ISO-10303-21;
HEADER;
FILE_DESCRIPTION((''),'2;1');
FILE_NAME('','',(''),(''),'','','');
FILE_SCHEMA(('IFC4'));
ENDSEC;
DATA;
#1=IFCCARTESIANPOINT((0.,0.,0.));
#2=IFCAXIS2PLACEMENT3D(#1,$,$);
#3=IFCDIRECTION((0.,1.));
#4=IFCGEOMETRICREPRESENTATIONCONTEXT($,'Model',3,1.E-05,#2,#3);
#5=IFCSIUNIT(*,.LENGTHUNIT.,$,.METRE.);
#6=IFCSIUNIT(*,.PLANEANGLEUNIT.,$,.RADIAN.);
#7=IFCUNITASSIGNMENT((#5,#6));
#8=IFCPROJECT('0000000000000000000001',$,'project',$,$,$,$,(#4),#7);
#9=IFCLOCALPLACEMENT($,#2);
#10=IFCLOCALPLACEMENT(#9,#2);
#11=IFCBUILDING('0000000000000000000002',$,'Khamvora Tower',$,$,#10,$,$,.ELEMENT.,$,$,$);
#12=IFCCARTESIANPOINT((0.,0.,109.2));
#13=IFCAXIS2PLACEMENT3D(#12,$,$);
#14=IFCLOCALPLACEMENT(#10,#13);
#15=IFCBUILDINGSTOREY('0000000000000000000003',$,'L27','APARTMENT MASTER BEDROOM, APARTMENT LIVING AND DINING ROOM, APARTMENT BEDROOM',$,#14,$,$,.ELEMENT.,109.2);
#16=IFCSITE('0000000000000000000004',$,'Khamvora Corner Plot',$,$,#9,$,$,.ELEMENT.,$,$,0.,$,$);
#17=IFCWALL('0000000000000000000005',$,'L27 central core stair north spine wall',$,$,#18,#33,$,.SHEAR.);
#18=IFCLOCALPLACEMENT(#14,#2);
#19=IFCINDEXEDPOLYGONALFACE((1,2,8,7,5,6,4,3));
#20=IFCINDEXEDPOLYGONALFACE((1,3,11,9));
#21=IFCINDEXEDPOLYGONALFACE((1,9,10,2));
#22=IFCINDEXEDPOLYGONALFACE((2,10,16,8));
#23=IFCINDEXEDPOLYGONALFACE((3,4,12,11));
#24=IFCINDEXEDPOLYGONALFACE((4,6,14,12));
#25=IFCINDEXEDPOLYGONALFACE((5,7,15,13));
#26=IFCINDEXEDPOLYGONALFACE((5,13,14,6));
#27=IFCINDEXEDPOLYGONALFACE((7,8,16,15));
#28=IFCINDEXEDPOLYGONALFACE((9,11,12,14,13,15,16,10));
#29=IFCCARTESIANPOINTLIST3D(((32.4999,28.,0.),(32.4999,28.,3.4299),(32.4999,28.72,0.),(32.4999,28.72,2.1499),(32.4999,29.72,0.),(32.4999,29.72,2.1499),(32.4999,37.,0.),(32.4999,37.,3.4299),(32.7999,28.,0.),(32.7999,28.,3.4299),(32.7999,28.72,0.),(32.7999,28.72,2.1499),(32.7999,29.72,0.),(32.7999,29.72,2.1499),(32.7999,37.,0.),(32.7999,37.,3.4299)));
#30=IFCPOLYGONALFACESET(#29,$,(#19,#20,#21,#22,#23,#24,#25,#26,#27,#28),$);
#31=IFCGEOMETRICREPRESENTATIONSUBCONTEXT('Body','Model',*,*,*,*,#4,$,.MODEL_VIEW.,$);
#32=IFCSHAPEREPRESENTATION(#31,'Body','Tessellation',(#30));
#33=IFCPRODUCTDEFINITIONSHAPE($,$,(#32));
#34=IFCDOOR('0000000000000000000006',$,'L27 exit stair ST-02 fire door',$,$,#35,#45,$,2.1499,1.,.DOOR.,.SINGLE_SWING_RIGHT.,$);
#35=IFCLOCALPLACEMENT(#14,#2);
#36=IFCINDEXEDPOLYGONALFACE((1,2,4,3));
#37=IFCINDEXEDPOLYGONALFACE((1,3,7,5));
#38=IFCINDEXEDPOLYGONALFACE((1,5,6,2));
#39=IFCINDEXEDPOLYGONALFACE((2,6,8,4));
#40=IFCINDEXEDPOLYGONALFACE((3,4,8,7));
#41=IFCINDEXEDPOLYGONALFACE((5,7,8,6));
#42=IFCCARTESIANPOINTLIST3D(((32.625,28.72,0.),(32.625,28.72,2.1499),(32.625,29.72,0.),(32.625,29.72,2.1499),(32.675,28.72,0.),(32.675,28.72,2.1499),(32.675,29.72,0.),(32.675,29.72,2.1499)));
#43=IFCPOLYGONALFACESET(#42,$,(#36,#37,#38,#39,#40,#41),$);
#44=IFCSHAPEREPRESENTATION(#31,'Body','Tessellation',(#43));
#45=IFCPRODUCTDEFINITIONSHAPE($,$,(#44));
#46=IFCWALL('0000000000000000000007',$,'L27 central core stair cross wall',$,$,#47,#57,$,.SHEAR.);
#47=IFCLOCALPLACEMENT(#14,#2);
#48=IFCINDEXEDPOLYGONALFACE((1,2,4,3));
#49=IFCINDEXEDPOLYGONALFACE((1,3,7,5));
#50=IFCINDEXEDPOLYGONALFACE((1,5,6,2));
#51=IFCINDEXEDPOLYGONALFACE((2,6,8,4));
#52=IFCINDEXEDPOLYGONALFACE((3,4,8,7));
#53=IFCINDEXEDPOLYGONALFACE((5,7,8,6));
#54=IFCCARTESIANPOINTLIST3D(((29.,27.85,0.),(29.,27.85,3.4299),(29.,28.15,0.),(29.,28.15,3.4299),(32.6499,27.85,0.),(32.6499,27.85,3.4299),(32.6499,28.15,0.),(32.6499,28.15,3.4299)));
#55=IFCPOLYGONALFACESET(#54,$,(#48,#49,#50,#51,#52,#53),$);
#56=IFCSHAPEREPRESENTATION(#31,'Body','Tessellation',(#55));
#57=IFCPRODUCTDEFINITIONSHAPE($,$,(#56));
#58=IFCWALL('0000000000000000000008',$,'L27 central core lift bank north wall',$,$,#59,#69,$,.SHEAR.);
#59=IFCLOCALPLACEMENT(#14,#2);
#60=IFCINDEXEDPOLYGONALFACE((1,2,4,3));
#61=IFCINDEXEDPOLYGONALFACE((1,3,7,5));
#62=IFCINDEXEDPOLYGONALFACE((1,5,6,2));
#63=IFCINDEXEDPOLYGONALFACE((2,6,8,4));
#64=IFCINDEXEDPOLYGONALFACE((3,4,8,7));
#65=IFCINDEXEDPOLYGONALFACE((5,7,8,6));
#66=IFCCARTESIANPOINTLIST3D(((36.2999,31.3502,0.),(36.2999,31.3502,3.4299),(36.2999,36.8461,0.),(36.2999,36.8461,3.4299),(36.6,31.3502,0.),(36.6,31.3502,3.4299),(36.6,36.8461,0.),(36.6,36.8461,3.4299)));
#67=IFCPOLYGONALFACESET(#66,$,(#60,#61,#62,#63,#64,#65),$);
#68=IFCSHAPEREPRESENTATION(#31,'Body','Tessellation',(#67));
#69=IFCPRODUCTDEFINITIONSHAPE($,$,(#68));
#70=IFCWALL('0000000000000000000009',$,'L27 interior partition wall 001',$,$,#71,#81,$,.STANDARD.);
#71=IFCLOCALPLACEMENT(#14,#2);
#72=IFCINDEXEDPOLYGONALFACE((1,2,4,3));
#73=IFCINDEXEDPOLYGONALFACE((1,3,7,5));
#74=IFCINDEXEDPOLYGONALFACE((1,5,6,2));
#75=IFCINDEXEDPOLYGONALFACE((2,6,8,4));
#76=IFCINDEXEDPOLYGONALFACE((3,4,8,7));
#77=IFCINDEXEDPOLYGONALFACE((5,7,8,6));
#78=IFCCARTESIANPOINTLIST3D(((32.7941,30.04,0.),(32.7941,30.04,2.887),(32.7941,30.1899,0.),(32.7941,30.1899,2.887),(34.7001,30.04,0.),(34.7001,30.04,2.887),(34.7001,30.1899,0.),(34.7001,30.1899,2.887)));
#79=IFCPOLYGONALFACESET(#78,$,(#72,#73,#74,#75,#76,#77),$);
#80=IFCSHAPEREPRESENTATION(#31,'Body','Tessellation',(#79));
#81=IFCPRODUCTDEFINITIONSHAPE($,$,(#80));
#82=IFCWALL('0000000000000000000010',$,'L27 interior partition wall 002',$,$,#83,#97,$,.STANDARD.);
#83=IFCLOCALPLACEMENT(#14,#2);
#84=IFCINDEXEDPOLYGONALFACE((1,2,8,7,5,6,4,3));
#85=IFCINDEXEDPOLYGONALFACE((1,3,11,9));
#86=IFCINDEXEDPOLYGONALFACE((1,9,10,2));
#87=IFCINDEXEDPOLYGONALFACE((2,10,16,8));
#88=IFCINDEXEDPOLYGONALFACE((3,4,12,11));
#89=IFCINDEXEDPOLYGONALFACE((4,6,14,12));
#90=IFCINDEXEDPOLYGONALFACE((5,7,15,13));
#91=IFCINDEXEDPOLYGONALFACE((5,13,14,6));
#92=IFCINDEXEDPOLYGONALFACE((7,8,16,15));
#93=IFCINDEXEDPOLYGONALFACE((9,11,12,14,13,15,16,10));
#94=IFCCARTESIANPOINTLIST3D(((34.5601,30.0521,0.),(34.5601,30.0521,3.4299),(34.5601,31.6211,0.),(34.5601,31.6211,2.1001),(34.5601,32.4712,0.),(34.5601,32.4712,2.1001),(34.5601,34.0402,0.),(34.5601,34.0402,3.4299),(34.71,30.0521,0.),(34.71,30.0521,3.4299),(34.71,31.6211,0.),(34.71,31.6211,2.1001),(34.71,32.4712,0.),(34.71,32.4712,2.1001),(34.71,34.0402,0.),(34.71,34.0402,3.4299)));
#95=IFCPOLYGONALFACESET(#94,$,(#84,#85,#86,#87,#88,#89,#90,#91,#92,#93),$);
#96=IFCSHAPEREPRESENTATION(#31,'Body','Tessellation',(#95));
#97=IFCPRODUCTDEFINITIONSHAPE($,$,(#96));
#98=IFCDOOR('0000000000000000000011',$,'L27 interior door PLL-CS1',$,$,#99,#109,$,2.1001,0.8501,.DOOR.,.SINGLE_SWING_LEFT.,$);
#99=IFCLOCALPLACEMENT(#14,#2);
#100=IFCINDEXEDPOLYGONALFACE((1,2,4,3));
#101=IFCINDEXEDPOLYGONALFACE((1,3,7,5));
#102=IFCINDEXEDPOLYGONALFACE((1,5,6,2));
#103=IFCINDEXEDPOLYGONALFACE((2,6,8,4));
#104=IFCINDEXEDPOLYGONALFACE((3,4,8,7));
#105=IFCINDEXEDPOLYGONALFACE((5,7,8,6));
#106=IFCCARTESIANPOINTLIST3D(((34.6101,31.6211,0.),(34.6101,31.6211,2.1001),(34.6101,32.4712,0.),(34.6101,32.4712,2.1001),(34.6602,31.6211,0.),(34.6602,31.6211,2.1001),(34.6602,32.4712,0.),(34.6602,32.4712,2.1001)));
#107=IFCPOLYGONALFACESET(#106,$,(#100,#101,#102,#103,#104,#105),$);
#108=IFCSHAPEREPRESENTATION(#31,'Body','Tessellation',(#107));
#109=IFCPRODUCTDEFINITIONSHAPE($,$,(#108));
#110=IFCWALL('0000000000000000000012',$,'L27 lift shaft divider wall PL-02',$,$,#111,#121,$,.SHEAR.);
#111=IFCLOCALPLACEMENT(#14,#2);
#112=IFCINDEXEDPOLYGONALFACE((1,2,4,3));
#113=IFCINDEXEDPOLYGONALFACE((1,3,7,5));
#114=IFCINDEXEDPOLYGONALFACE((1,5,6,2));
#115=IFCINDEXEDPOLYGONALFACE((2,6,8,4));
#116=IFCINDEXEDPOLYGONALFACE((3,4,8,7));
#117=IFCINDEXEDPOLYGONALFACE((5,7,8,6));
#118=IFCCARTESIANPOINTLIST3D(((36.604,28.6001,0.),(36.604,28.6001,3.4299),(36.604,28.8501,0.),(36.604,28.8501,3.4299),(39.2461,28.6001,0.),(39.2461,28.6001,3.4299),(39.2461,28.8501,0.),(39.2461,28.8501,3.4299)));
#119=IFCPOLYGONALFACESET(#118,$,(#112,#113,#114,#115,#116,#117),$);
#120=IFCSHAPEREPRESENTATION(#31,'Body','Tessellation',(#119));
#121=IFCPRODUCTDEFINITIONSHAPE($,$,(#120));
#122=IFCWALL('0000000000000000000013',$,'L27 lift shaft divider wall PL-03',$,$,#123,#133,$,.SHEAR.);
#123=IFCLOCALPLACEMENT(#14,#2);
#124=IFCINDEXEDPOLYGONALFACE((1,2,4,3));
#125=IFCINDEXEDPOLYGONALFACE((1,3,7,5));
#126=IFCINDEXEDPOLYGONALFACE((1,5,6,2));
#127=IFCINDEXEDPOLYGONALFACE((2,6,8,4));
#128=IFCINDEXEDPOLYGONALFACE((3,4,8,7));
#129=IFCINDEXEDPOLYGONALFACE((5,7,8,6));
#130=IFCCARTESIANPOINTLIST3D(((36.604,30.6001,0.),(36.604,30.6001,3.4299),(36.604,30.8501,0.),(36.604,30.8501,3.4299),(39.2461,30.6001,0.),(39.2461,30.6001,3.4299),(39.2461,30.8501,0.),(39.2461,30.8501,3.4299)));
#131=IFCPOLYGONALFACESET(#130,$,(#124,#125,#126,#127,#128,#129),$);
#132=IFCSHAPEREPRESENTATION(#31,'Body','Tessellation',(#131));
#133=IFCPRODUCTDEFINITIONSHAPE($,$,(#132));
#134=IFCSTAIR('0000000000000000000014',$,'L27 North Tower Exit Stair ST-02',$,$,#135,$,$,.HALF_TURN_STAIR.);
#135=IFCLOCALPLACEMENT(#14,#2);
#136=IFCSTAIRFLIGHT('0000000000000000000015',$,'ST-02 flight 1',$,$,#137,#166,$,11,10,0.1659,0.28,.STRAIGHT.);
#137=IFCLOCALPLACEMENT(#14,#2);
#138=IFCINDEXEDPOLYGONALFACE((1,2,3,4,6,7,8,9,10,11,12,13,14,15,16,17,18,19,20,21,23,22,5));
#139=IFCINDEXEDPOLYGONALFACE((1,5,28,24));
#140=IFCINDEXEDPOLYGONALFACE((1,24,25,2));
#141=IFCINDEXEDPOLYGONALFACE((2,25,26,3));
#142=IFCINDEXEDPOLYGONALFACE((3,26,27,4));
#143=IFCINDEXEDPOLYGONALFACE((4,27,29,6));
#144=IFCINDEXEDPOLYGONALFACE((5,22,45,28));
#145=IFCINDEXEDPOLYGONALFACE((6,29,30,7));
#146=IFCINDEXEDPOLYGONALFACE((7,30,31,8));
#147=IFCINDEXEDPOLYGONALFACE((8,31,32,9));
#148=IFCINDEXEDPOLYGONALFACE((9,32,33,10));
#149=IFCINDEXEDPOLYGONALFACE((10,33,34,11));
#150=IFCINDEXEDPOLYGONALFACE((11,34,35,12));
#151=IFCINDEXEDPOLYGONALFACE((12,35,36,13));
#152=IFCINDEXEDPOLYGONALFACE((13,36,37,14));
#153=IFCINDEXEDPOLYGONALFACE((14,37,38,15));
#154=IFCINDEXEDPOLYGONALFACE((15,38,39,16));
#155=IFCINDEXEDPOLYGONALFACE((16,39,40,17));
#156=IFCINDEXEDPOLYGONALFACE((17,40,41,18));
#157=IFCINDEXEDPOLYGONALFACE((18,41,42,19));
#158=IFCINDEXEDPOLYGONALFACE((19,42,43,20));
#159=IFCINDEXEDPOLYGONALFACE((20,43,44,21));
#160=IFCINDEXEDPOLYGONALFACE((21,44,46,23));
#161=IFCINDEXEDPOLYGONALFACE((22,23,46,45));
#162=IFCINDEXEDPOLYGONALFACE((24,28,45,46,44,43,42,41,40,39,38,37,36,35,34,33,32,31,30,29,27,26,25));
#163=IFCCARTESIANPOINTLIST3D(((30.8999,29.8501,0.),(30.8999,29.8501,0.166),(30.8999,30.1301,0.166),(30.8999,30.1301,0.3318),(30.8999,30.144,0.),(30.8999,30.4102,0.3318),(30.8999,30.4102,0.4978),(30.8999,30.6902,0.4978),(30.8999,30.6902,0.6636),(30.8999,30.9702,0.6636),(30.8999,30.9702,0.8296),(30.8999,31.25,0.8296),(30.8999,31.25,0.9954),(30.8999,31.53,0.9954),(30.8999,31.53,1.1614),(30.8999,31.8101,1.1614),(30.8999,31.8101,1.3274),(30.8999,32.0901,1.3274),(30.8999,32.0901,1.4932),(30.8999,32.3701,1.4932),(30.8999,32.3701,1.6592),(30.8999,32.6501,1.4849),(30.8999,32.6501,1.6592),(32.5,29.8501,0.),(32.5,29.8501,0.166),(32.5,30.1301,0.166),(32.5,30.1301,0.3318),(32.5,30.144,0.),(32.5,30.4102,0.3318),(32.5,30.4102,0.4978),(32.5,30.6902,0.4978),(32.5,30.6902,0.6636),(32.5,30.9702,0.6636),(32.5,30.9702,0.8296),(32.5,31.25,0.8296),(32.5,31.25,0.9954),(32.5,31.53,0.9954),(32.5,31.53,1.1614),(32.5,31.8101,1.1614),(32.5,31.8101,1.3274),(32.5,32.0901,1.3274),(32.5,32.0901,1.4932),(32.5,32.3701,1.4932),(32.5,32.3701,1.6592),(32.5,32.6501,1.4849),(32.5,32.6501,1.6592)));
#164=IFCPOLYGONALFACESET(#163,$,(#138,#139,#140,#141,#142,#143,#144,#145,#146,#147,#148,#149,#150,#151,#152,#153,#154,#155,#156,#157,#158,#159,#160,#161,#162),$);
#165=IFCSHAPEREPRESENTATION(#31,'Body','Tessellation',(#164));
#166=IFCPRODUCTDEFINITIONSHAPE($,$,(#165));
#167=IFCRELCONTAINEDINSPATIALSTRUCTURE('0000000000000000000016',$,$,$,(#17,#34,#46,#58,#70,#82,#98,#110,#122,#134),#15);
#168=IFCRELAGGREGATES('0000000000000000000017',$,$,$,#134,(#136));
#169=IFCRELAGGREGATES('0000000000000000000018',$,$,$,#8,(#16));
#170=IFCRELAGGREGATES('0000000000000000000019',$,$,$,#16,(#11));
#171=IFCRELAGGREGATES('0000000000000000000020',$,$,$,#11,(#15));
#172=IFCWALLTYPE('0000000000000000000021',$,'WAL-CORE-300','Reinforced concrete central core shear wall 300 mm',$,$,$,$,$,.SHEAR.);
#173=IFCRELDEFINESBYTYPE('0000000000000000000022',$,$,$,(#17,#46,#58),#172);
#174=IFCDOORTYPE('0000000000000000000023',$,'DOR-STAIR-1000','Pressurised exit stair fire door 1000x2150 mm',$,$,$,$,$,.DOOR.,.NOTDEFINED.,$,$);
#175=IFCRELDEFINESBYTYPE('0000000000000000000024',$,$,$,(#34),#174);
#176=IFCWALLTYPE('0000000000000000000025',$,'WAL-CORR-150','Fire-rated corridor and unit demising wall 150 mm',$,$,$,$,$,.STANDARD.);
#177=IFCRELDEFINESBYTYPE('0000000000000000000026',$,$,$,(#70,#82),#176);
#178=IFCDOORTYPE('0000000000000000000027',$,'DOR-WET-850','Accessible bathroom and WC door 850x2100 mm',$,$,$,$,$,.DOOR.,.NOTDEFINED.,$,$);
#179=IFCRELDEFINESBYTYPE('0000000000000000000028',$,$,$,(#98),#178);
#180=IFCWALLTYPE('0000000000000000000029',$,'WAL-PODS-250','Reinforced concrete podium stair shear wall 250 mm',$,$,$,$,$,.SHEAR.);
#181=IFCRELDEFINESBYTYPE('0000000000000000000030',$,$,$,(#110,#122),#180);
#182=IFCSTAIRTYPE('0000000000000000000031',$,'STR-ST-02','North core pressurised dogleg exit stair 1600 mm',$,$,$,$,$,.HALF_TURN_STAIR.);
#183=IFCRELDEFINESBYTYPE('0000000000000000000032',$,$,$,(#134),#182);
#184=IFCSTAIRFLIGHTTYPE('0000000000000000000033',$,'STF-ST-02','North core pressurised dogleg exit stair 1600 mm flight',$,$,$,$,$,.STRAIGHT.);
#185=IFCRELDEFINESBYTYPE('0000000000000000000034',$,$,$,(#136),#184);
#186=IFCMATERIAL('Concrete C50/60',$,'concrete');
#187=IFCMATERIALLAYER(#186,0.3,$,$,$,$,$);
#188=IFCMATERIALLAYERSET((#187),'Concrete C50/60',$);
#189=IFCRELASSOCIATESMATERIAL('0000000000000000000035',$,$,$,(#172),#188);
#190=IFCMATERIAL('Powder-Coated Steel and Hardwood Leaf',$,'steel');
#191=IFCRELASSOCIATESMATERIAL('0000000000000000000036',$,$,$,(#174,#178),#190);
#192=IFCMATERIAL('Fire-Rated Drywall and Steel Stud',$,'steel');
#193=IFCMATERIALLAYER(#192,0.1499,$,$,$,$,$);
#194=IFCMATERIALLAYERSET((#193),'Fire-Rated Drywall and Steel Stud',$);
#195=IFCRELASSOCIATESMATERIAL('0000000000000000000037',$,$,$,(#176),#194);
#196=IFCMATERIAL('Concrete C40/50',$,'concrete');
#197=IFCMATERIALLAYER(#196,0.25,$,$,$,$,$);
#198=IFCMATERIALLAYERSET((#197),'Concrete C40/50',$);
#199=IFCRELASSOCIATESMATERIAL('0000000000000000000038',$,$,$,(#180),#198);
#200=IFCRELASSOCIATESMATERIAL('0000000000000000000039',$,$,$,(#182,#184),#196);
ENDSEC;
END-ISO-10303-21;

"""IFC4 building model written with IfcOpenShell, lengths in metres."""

from ifc_helpers import new_model, si_unit, direction, frame, frame_2d, origin, place, context, subcontext, project, spatial, polyline, rectangle, outline, extrude, material, layer, layer_set, type_object, element, fill, aggregate, save


model = new_model("IFC4")

# Units and contexts
model_context = context("Model", 3, precision=1e-05, world=origin(), true_north=direction((0.0, 1.0)))
body_context = subcontext(model_context, "Body", "Model", "MODEL_VIEW")
ifc_project = project(units=[si_unit("LENGTHUNIT", "METRE"), si_unit("PLANEANGLEUNIT", "RADIAN")], contexts=[model_context])

# Site, building, storey
site_placement = place(None, origin())
site = spatial("IfcSite", under=ifc_project, at=site_placement, Name="Khamvora Corner Plot", CompositionType="ELEMENT", RefElevation=0.0)
building_placement = place(site_placement, origin())
building = spatial("IfcBuilding", under=site, at=building_placement, Name="Khamvora Tower", CompositionType="ELEMENT")
storey_placement = place(building_placement, frame((0.0, 0.0, 109.2)))
storey = spatial("IfcBuildingStorey", under=building, at=storey_placement, Name="L27", Description="APARTMENT MASTER BEDROOM, APARTMENT LIVING AND DINING ROOM, APARTMENT BEDROOM", CompositionType="ELEMENT", Elevation=109.2)

# Wall, opening, door
ifc_material_1 = material(Name="Concrete C50/60", Category="concrete")
ifc_layer_1 = layer(ifc_material_1, 0.3)
ifc_layer_set_1 = layer_set([ifc_layer_1], Name="Concrete C50/60")
wall_type_1 = type_object("IfcWallType", Name="WAL-CORE-300", Description="Reinforced concrete central core shear wall 300 mm", PredefinedType="SHEAR", material=ifc_layer_set_1)
wall_1_placement = place(storey_placement, frame((32.6499, 28.0, 0.0), z_axis=(0.0, 0.0, 1.0), x_axis=(0.0, 1.0, 0.0)))
wall_1 = element("IfcWall", 1, at=wall_1_placement, inside=storey, type_object=wall_type_1, Name="L27 central core stair north spine wall", PredefinedType="SHEAR", context=body_context, shape_type="SweptSolid", body=[
    extrude(rectangle(XDim=9.0, YDim=0.3, at=frame_2d((4.5, 0.0))), origin(), (0.0, 0.0, 1.0), 3.4299),
])
opening_1_placement = place(wall_1_placement, frame((0.72, 0.0, 0.0)))
opening_1 = element("IfcOpeningElement", 2, at=opening_1_placement, cuts=wall_1, PredefinedType="OPENING", context=body_context, shape_type="SweptSolid", body=[
    extrude(rectangle(XDim=1.0, YDim=2.1499, at=frame_2d((0.5, 1.075))), frame((0.0, 0.1599, 0.0), z_axis=(0.0, -1.0, 0.0), x_axis=(1.0, 0.0, 0.0)), (0.0, 0.0, 1.0), 0.3201),
])
ifc_material_2 = material(Name="Powder-Coated Steel and Hardwood Leaf", Category="steel")
door_type_1 = type_object("IfcDoorType", Name="DOR-STAIR-1000", Description="Pressurised exit stair fire door 1000x2150 mm", OperationType="NOTDEFINED", PredefinedType="DOOR", material=ifc_material_2)
door_1_placement = place(opening_1_placement, origin())
door_1 = element("IfcDoor", 3, at=door_1_placement, inside=storey, type_object=door_type_1, Name="L27 exit stair ST-02 fire door", OperationType="SINGLE_SWING_RIGHT", OverallHeight=2.1499, OverallWidth=1.0, PredefinedType="DOOR", context=body_context, shape_type="SweptSolid", body=[
    extrude(rectangle(XDim=1.0, YDim=2.1499, at=frame_2d((0.5, 1.075))), frame((0.0, 0.0249, 0.0), z_axis=(0.0, -1.0, 0.0), x_axis=(1.0, 0.0, 0.0)), (0.0, 0.0, 1.0), 0.05),
])
fill(opening_1, door_1)

# Walls
wall_2_placement = place(storey_placement, frame((29.0, 28.0, 0.0), z_axis=(0.0, 0.0, 1.0), x_axis=(1.0, 0.0, 0.0)))
element("IfcWall", 4, at=wall_2_placement, inside=storey, type_object=wall_type_1, Name="L27 central core stair cross wall", PredefinedType="SHEAR", context=body_context, shape_type="SweptSolid", body=[
    extrude(rectangle(XDim=3.6499, YDim=0.3, at=frame_2d((1.825, 0.0))), origin(), (0.0, 0.0, 1.0), 3.4299),
])
wall_3_placement = place(storey_placement, frame((36.45, 31.3501, 0.0), z_axis=(0.0, 0.0, 1.0), x_axis=(0.0, 1.0, 0.0)))
element("IfcWall", 5, at=wall_3_placement, inside=storey, type_object=wall_type_1, Name="L27 central core lift bank north wall", PredefinedType="SHEAR", context=body_context, shape_type="SweptSolid", body=[
    extrude(rectangle(XDim=5.4958, YDim=0.3, at=frame_2d((2.748, 0.0))), origin(), (0.0, 0.0, 1.0), 3.4299),
])
ifc_material_3 = material(Name="Fire-Rated Drywall and Steel Stud", Category="steel")
ifc_layer_2 = layer(ifc_material_3, 0.1499)
ifc_layer_set_2 = layer_set([ifc_layer_2], Name="Fire-Rated Drywall and Steel Stud")
wall_type_2 = type_object("IfcWallType", Name="WAL-CORR-150", Description="Fire-rated corridor and unit demising wall 150 mm", PredefinedType="STANDARD", material=ifc_layer_set_2)
wall_4_placement = place(storey_placement, frame((32.7939, 30.115, 0.0), z_axis=(0.0, 0.0, 1.0), x_axis=(1.0, 0.0, 0.0)))
element("IfcWall", 6, at=wall_4_placement, inside=storey, type_object=wall_type_2, Name="L27 interior partition wall 001", PredefinedType="STANDARD", context=body_context, shape_type="SweptSolid", body=[
    extrude(rectangle(XDim=1.906, YDim=0.1499, at=frame_2d((0.9531, 0.0))), origin(), (0.0, 0.0, 1.0), 2.887),
])

# Wall, opening, door
wall_5_placement = place(storey_placement, frame((34.635, 30.052, 0.0), z_axis=(0.0, 0.0, 1.0), x_axis=(0.0, 1.0, 0.0)))
wall_5 = element("IfcWall", 7, at=wall_5_placement, inside=storey, type_object=wall_type_2, Name="L27 interior partition wall 002", PredefinedType="STANDARD", context=body_context, shape_type="SweptSolid", body=[
    extrude(rectangle(XDim=3.988, YDim=0.1499, at=frame_2d((1.9941, 0.0))), origin(), (0.0, 0.0, 1.0), 3.4299),
])
opening_2_placement = place(wall_5_placement, frame((1.5691, 0.0, 0.0)))
opening_2 = element("IfcOpeningElement", 8, at=opening_2_placement, cuts=wall_5, PredefinedType="OPENING", context=body_context, shape_type="SweptSolid", body=[
    extrude(rectangle(XDim=0.8501, YDim=2.1001, at=frame_2d((0.425, 1.05))), frame((0.0, 0.085, 0.0), z_axis=(0.0, -1.0, 0.0), x_axis=(1.0, 0.0, 0.0)), (0.0, 0.0, 1.0), 0.1699),
])
door_type_2 = type_object("IfcDoorType", Name="DOR-WET-850", Description="Accessible bathroom and WC door 850x2100 mm", OperationType="NOTDEFINED", PredefinedType="DOOR", material=ifc_material_2)
door_2_placement = place(opening_2_placement, origin())
door_2 = element("IfcDoor", 9, at=door_2_placement, inside=storey, type_object=door_type_2, Name="L27 interior door PLL-CS1", OperationType="SINGLE_SWING_LEFT", OverallHeight=2.1001, OverallWidth=0.8501, PredefinedType="DOOR", context=body_context, shape_type="SweptSolid", body=[
    extrude(rectangle(XDim=0.8501, YDim=2.1001, at=frame_2d((0.425, 1.05))), frame((0.0, 0.0249, 0.0), z_axis=(0.0, -1.0, 0.0), x_axis=(1.0, 0.0, 0.0)), (0.0, 0.0, 1.0), 0.05),
])
fill(opening_2, door_2)

# Walls
ifc_material_4 = material(Name="Concrete C40/50", Category="concrete")
ifc_layer_3 = layer(ifc_material_4, 0.25)
ifc_layer_set_3 = layer_set([ifc_layer_3], Name="Concrete C40/50")
wall_type_3 = type_object("IfcWallType", Name="WAL-PODS-250", Description="Reinforced concrete podium stair shear wall 250 mm", PredefinedType="SHEAR", material=ifc_layer_set_3)
for number, where, z_axis, x_axis, name in (
    (10, (36.604, 28.7251, 0.0), (0.0, 0.0, 1.0), (1.0, 0.0, 0.0), "L27 lift shaft divider wall PL-02"),
    (11, (36.604, 30.7251, 0.0), (0.0, 0.0, 1.0), (1.0, 0.0, 0.0), "L27 lift shaft divider wall PL-03"),
):
    element("IfcWall", number, at=place(storey_placement, frame(where, z_axis=z_axis, x_axis=x_axis)), inside=storey, type_object=wall_type_3, Name=name, PredefinedType="SHEAR", context=body_context, shape_type="SweptSolid", body=[
        extrude(rectangle(XDim=2.6421, YDim=0.25, at=frame_2d((1.321, 0.0))), origin(), (0.0, 0.0, 1.0), 3.4299),
    ])

# Stair, stair flight
stair_type = type_object("IfcStairType", Name="STR-ST-02", Description="North core pressurised dogleg exit stair 1600 mm", PredefinedType="HALF_TURN_STAIR", material=ifc_material_4)
stair_placement = place(storey_placement, origin())
stair = element("IfcStair", 12, at=stair_placement, inside=storey, type_object=stair_type, Name="L27 North Tower Exit Stair ST-02", PredefinedType="HALF_TURN_STAIR")
stair_flight_type = type_object("IfcStairFlightType", Name="STF-ST-02", Description="North core pressurised dogleg exit stair 1600 mm flight", PredefinedType="STRAIGHT", material=ifc_material_4)
stair_flight_1_placement = place(storey_placement, frame((31.7, 29.8501, 0.0), z_axis=(0.0, 0.0, 1.0), x_axis=(0.0, 1.0, 0.0)))
stair_flight_1 = element("IfcStairFlight", 13, at=stair_flight_1_placement, type_object=stair_flight_type, Name="ST-02 flight 1", NumberOfRisers=11, NumberOfTreads=10, PredefinedType="STRAIGHT", RiserHeight=0.1659, TreadLength=0.28, context=body_context, shape_type="SweptSolid", body=[
    extrude(outline(polyline([(0.0, 0.0), (0.0, 0.166), (0.28, 0.166), (0.28, 0.3318), (0.5601, 0.3318), (0.5601, 0.4978), (0.8401, 0.4978), (0.8401, 0.6636), (1.1201, 0.6636), (1.1201, 0.8296), (1.3999, 0.8296), (1.3999, 0.9954), (1.6799, 0.9954), (1.6799, 1.1614), (1.96, 1.1614), (1.96, 1.3274), (2.24, 1.3274), (2.24, 1.4932), (2.52, 1.4932), (2.52, 1.6592), (2.8, 1.6592), (2.8, 1.825), (2.8, 1.4849), (0.2939, 0.0), (0.0, 0.0)])), frame((0.0, 0.8, 0.0), z_axis=(0.0, -1.0, 0.0), x_axis=(1.0, 0.0, 0.0)), (0.0, 0.0, 1.0), 1.6001),
])
aggregate(stair, [stair_flight_1])

save(model, "model.ifc")
